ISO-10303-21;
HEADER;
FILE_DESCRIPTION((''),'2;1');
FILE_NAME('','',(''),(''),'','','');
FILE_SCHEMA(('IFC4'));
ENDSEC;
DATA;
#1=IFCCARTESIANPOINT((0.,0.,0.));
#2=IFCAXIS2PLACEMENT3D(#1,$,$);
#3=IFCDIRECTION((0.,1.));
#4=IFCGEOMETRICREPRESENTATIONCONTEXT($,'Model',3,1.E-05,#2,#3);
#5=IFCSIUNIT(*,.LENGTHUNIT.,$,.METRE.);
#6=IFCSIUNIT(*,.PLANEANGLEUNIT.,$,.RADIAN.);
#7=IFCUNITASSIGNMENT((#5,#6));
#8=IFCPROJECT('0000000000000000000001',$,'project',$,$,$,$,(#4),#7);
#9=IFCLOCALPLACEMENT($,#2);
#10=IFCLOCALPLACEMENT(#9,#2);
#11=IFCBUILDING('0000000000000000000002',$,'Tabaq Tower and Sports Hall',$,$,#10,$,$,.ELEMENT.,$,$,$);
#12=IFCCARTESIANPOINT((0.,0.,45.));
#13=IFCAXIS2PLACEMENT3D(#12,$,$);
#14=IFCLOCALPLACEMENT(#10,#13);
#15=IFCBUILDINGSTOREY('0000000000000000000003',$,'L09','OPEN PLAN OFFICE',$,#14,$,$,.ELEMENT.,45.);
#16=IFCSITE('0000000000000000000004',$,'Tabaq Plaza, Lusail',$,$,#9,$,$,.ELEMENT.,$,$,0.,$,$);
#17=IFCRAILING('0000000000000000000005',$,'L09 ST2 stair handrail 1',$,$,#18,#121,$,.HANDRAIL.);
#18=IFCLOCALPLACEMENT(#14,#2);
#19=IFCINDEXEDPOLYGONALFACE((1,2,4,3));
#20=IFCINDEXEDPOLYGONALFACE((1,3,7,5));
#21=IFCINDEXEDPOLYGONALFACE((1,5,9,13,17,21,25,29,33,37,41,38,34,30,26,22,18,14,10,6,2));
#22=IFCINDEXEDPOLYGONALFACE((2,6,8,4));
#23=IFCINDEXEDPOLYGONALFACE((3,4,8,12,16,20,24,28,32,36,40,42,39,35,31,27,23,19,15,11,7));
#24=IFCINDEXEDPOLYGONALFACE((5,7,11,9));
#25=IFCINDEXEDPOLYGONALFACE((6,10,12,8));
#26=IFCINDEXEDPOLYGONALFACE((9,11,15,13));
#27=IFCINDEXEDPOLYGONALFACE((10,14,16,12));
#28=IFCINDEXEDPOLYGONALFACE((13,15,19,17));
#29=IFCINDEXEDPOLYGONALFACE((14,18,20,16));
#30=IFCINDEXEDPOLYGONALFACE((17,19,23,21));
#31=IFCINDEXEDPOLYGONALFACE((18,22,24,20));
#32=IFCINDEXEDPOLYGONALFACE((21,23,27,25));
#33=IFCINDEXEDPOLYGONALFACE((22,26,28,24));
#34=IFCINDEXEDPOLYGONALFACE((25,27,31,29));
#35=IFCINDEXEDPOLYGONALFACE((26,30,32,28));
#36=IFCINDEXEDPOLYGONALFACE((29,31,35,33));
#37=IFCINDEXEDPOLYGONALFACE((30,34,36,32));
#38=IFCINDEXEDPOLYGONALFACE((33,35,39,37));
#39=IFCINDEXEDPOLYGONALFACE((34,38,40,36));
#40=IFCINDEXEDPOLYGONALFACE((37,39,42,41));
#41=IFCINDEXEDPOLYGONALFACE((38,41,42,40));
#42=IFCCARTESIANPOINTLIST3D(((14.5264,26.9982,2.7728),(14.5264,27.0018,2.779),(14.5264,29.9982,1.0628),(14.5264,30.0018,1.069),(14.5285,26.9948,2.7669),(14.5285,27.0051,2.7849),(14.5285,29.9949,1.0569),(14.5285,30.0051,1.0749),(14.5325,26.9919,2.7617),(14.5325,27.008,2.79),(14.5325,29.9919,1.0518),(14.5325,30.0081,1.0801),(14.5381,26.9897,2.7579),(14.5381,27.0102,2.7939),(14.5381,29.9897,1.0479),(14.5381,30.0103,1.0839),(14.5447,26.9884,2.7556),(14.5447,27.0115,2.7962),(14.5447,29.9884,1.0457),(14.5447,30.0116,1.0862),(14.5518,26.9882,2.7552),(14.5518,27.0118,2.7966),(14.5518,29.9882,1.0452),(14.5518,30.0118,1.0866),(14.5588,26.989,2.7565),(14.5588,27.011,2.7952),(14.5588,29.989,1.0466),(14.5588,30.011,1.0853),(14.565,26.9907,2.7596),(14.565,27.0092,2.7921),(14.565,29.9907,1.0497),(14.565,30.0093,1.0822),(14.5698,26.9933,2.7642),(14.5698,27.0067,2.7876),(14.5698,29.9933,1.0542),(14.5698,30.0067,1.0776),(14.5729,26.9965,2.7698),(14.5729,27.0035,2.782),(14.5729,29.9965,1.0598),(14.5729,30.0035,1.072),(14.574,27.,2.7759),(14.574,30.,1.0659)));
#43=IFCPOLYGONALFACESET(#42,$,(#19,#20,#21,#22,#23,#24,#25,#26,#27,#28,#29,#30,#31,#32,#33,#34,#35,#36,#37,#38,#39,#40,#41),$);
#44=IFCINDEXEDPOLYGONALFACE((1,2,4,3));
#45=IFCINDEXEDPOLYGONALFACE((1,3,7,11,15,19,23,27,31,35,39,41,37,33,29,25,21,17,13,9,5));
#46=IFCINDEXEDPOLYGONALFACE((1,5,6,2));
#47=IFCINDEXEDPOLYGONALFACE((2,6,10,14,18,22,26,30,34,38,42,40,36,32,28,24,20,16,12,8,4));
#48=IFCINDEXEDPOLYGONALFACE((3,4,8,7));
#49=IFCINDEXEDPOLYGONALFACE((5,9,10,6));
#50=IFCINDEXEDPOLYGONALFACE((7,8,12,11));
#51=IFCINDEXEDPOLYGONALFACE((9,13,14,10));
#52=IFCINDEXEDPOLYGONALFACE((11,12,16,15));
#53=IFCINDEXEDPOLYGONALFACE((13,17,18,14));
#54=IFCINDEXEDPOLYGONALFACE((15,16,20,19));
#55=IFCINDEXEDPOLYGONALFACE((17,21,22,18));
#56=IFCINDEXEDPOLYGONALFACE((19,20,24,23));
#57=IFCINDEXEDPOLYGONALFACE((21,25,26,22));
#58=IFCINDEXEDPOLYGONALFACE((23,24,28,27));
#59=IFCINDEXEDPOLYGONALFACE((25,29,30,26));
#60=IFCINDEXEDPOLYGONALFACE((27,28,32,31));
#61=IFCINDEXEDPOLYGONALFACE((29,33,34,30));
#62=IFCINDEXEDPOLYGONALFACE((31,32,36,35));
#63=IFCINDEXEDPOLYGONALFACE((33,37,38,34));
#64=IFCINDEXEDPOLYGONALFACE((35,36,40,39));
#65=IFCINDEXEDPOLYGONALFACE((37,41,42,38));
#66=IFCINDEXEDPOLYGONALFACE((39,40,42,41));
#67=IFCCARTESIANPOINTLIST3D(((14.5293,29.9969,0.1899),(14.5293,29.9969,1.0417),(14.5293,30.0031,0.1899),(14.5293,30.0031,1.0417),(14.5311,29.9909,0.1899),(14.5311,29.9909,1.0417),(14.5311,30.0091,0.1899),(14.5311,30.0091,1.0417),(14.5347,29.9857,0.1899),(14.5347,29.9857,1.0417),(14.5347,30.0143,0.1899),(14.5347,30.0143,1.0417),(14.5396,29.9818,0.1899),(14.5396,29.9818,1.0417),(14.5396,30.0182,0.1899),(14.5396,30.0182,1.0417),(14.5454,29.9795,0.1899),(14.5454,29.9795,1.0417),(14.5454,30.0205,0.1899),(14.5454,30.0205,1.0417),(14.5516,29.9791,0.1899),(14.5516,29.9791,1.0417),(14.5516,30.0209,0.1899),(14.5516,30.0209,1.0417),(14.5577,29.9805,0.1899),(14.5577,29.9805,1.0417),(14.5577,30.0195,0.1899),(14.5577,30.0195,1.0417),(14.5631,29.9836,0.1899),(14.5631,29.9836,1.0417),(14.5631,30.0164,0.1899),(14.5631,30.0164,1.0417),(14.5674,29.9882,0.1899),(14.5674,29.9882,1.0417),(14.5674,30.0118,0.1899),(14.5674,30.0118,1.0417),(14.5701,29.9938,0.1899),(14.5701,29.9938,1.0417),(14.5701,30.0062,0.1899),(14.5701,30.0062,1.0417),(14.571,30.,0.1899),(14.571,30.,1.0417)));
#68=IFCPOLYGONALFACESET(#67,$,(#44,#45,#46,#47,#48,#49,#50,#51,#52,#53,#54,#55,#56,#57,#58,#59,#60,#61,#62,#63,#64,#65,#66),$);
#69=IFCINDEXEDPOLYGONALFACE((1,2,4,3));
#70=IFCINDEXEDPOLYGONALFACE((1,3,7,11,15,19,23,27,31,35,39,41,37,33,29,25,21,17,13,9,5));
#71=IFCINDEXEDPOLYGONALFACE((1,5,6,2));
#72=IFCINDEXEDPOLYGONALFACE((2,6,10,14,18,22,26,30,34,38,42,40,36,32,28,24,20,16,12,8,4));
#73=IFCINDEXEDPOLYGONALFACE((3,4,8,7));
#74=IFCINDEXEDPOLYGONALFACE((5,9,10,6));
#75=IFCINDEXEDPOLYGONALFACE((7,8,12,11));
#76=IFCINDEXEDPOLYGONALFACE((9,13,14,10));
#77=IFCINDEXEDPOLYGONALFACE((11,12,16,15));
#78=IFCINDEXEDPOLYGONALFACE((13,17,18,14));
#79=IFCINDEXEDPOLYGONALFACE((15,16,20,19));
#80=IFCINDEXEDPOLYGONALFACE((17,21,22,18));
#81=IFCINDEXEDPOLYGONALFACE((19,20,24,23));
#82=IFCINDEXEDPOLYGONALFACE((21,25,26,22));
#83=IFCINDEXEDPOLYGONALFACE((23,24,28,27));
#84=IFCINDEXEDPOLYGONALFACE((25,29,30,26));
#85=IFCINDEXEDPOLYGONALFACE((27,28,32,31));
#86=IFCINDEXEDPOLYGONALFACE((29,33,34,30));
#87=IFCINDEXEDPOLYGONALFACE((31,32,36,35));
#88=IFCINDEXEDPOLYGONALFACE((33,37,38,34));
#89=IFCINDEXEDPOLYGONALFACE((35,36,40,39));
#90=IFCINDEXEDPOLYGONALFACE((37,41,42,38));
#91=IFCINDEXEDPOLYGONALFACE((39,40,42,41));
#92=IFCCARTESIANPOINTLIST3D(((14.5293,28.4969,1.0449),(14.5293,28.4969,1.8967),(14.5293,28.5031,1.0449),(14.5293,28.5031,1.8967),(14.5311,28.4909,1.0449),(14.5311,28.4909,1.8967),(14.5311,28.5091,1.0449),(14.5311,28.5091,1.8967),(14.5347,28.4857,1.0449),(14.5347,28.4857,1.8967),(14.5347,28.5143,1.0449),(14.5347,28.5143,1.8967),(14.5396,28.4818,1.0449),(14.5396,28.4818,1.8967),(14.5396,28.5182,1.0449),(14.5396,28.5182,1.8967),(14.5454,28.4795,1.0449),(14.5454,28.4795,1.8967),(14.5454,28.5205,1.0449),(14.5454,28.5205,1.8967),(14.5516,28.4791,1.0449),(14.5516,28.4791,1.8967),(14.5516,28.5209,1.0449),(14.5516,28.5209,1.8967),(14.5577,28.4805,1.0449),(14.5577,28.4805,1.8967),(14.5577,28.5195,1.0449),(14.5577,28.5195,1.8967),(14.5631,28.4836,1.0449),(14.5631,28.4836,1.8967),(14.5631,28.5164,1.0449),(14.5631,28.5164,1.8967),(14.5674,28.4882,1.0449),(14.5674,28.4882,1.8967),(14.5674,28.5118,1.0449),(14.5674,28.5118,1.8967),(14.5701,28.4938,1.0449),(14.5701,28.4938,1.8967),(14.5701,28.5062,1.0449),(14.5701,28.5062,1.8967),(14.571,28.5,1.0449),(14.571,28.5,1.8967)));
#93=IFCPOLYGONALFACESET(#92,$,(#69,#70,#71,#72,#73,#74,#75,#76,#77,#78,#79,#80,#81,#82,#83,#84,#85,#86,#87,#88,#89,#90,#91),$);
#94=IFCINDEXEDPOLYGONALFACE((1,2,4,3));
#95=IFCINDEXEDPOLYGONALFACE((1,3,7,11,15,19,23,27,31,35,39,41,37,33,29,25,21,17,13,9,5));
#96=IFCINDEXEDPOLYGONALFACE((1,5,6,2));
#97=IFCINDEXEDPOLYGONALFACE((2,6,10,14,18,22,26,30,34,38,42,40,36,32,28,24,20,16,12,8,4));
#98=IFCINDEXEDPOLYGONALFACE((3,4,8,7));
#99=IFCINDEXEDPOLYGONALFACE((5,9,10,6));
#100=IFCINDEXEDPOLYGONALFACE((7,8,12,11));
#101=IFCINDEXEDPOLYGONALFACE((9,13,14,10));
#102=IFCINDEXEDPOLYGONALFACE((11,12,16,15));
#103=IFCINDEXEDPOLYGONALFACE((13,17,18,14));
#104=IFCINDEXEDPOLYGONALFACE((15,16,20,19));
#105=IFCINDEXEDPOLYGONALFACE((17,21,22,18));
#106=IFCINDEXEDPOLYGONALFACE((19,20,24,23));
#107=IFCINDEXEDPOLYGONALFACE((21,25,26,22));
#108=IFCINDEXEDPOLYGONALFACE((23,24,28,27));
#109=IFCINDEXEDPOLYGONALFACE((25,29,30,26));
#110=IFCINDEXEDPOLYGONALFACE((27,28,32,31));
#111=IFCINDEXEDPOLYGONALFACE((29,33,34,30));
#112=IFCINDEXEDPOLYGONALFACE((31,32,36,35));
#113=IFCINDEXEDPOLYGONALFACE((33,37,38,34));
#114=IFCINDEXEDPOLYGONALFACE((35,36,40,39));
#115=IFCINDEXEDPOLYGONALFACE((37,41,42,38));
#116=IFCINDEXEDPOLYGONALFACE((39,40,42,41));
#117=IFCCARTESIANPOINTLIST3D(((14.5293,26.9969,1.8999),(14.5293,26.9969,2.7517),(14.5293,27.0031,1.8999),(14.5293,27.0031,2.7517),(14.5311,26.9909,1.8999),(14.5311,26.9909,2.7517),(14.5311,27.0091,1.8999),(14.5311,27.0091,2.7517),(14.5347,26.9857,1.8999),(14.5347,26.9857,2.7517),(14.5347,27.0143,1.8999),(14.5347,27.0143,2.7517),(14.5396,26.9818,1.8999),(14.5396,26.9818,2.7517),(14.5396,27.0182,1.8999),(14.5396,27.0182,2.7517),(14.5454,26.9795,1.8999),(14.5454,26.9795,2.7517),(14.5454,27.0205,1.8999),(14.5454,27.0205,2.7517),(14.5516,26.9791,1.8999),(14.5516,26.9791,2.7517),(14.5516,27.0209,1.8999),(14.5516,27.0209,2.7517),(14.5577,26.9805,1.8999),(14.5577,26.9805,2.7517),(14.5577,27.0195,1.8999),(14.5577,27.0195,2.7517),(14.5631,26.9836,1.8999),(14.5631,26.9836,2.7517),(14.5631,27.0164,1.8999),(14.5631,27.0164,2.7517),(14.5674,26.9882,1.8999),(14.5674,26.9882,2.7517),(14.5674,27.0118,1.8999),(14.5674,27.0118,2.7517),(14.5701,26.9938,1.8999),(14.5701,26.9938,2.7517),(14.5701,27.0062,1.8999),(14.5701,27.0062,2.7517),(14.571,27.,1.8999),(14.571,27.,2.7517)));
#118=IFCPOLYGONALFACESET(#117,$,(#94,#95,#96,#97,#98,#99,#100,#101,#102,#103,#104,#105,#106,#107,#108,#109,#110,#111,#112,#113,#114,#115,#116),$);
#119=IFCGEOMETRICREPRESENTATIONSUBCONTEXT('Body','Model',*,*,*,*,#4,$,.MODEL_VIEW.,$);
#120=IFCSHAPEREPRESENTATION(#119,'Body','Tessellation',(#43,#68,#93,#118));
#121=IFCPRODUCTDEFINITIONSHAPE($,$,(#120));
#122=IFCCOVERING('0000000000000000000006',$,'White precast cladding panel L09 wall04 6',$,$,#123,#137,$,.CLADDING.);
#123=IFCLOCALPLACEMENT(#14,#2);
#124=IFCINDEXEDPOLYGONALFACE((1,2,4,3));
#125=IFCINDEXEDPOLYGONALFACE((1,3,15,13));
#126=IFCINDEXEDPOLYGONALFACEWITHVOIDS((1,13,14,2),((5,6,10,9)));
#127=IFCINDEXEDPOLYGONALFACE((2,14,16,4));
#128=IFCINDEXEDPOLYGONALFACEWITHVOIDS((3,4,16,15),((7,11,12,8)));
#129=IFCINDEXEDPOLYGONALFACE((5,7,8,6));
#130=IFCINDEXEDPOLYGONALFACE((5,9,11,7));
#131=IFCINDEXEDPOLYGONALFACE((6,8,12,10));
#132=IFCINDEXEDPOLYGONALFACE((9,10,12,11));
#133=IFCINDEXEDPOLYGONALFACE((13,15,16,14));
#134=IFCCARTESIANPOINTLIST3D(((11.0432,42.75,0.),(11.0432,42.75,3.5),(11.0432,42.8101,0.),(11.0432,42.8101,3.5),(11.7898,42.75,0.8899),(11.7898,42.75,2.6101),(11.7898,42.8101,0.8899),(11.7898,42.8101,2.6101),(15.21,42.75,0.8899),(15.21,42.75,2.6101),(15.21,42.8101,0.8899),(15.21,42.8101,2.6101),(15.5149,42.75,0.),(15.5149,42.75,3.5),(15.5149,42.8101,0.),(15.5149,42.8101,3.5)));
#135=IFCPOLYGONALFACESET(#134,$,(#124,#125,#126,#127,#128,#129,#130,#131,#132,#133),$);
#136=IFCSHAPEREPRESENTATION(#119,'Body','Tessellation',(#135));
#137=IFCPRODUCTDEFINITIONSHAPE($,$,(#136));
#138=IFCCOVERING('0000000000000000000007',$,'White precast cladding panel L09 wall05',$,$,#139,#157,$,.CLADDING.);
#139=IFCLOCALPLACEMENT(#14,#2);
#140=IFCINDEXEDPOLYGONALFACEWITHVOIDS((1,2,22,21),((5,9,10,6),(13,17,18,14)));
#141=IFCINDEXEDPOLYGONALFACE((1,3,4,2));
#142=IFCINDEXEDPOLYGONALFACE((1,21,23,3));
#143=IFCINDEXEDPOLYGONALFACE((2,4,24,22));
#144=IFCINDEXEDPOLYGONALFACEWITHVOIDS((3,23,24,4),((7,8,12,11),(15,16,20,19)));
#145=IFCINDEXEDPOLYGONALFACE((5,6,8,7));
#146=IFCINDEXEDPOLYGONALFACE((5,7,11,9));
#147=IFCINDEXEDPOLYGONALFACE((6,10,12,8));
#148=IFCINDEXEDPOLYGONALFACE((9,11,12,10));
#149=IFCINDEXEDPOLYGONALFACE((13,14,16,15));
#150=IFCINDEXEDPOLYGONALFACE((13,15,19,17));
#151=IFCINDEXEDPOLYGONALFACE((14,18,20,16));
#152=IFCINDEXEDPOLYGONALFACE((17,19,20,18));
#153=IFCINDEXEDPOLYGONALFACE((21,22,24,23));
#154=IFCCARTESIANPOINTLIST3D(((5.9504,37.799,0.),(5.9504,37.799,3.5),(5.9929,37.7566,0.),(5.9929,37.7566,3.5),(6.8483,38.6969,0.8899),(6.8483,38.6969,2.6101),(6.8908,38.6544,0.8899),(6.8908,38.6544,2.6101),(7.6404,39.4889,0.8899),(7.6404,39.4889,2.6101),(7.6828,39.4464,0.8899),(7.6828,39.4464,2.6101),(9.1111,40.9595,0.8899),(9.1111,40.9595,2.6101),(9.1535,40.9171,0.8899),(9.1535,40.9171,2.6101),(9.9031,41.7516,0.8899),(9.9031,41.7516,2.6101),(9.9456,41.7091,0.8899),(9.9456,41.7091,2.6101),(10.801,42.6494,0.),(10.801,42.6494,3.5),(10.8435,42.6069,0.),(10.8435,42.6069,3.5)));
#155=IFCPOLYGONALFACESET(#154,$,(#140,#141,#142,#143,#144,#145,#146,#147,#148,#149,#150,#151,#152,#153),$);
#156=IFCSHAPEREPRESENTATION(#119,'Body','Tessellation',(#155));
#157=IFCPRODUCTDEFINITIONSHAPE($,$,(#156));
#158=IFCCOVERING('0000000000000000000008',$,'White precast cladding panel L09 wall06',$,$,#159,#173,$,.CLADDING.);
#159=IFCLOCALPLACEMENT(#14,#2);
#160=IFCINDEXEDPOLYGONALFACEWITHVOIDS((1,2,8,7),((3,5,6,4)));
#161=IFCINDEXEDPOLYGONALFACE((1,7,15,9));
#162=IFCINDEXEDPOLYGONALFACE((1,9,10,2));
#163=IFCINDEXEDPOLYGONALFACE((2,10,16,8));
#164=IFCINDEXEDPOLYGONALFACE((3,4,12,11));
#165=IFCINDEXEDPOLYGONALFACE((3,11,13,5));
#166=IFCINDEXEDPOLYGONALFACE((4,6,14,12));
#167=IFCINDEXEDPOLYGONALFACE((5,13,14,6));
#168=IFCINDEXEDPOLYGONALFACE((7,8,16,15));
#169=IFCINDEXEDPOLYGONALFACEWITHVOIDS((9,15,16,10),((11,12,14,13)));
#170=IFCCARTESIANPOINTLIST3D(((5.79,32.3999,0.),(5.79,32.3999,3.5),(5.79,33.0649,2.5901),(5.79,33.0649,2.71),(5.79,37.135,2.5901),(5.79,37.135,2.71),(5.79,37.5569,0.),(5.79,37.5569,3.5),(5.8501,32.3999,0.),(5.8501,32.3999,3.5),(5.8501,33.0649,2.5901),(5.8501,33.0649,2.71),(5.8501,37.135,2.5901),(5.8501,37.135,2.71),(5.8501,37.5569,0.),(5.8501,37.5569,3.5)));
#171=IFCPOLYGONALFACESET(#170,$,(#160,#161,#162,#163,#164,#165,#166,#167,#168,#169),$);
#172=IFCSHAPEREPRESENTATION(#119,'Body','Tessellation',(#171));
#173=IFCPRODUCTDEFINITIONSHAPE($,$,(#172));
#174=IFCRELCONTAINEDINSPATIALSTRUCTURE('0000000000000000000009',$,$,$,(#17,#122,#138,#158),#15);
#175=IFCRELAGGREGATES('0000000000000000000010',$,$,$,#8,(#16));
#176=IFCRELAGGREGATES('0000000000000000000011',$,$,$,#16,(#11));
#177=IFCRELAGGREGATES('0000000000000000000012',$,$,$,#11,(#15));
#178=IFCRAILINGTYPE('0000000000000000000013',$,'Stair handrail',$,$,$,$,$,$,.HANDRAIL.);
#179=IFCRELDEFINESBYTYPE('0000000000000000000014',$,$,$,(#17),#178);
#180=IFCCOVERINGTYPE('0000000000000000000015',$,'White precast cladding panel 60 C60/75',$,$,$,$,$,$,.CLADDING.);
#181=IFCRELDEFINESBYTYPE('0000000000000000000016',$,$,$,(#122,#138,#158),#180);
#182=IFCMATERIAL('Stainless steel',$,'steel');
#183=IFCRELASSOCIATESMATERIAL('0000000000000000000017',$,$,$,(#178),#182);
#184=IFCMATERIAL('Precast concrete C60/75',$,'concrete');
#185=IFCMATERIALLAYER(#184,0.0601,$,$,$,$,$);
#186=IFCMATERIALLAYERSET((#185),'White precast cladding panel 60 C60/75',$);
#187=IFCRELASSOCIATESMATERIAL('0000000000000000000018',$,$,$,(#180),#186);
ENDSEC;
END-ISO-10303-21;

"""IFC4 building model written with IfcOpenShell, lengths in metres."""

from ifc_helpers import new_model, si_unit, direction, frame, origin, origin_2d, place, context, subcontext, project, spatial, polyline, circle, outline, extrude, material, layer, layer_set, type_object, element, save


model = new_model("IFC4")

# Units and contexts
model_context = context("Model", 3, precision=1e-05, world=origin(), true_north=direction((0.0, 1.0)))
body_context = subcontext(model_context, "Body", "Model", "MODEL_VIEW")
ifc_project = project(units=[si_unit("LENGTHUNIT", "METRE"), si_unit("PLANEANGLEUNIT", "RADIAN")], contexts=[model_context])

# Site, building, storey
site_placement = place(None, origin())
site = spatial("IfcSite", under=ifc_project, at=site_placement, Name="Tabaq Plaza, Lusail", CompositionType="ELEMENT", RefElevation=0.0)
building_placement = place(site_placement, origin())
building = spatial("IfcBuilding", under=site, at=building_placement, Name="Tabaq Tower and Sports Hall", CompositionType="ELEMENT")
storey_placement = place(building_placement, frame((0.0, 0.0, 45.0)))
storey = spatial("IfcBuildingStorey", under=building, at=storey_placement, Name="L09", Description="OPEN PLAN OFFICE", CompositionType="ELEMENT", Elevation=45.0)

# Railing
ifc_material_1 = material(Name="Stainless steel", Category="steel")
railing_type_1 = type_object("IfcRailingType", Name="Stair handrail", PredefinedType="HANDRAIL", material=ifc_material_1)
railing_1_placement = place(storey_placement, frame((14.55, 30.0, 0.1899)))
element("IfcRailing", 1, at=railing_1_placement, inside=storey, type_object=railing_type_1, Name="L09 ST2 stair handrail 1", PredefinedType="HANDRAIL", context=body_context, shape_type="SweptSolid", body=[
    extrude(circle(Radius=0.0239, at=origin_2d()), frame((0.0, 0.0, 0.876), z_axis=(0.0, -0.868782, 0.495195), x_axis=(1.0, 0.0, 0.0)), (0.0, 0.0, 1.0), 3.4531),
    extrude(circle(Radius=0.021, at=origin_2d()), origin(), (0.0, 0.0, 1.0), 0.8518),
    extrude(circle(Radius=0.021, at=origin_2d()), frame((0.0, -1.5, 0.855)), (0.0, 0.0, 1.0), 0.8518),
    extrude(circle(Radius=0.021, at=origin_2d()), frame((0.0, -3.0, 1.71)), (0.0, 0.0, 1.0), 0.8518),
])

# Coverings
ifc_material_2 = material(Name="Precast concrete C60/75", Category="concrete")
ifc_layer_1 = layer(ifc_material_2, 0.0601)
ifc_layer_set_1 = layer_set([ifc_layer_1], Name="White precast cladding panel 60 C60/75")
covering_type = type_object("IfcCoveringType", Name="White precast cladding panel 60 C60/75", PredefinedType="CLADDING", material=ifc_layer_set_1)
covering_1_placement = place(storey_placement, frame((15.5149, 42.78, 0.0), z_axis=(0.0, 0.0, 1.0), x_axis=(-1.0, 0.0, 0.0)))
element("IfcCovering", 2, at=covering_1_placement, inside=storey, type_object=covering_type, Name="White precast cladding panel L09 wall04 6", PredefinedType="CLADDING", context=body_context, shape_type="SweptSolid", body=[
    extrude(outline(polyline([(0.0, 0.0), (4.4717, 0.0), (4.4717, 3.5), (0.0, 3.5), (0.0, 0.0)]), holes=[polyline([(0.3049, 0.8899), (0.3049, 2.6101), (3.7251, 2.6101), (3.7251, 0.8899), (0.3049, 0.8899)])]), frame((0.0, 0.03, 0.0), z_axis=(0.0, -1.0, 0.0), x_axis=(1.0, 0.0, 0.0)), (0.0, 0.0, 1.0), 0.0601),
])
covering_2_placement = place(storey_placement, frame((10.8223, 42.6282, 0.0), z_axis=(0.0, 0.0, 1.0), x_axis=(-0.707125, -0.707089, 0.0)))
element("IfcCovering", 3, at=covering_2_placement, inside=storey, type_object=covering_type, Name="White precast cladding panel L09 wall05", PredefinedType="CLADDING", context=body_context, shape_type="SweptSolid", body=[
    extrude(outline(polyline([(0.0, 0.0), (6.8596, 0.0), (6.8596, 3.5), (0.0, 3.5), (0.0, 0.0)]), holes=[polyline([(1.2698, 2.6101), (2.3899, 2.6101), (2.3899, 0.8899), (1.2698, 0.8899), (1.2698, 2.6101)]), polyline([(4.4697, 2.6101), (5.5898, 2.6101), (5.5898, 0.8899), (4.4697, 0.8899), (4.4697, 2.6101)])]), frame((0.0, 0.03, 0.0), z_axis=(0.0, -1.0, 0.0), x_axis=(1.0, 0.0, 0.0)), (0.0, 0.0, 1.0), 0.0601),
])
covering_3_placement = place(storey_placement, frame((5.8201, 37.5569, 0.0), z_axis=(0.0, 0.0, 1.0), x_axis=(0.0, -1.0, 0.0)))
element("IfcCovering", 4, at=covering_3_placement, inside=storey, type_object=covering_type, Name="White precast cladding panel L09 wall06", PredefinedType="CLADDING", context=body_context, shape_type="SweptSolid", body=[
    extrude(outline(polyline([(0.0, 0.0), (5.157, 0.0), (5.157, 3.5), (0.0, 3.5), (0.0, 0.0)]), holes=[polyline([(0.4219, 2.5901), (0.4219, 2.71), (4.4919, 2.71), (4.4919, 2.5901), (0.4219, 2.5901)])]), frame((0.0, 0.03, 0.0), z_axis=(0.0, -1.0, 0.0), x_axis=(1.0, 0.0, 0.0)), (0.0, 0.0, 1.0), 0.0601),
])

save(model, "model.ifc")
